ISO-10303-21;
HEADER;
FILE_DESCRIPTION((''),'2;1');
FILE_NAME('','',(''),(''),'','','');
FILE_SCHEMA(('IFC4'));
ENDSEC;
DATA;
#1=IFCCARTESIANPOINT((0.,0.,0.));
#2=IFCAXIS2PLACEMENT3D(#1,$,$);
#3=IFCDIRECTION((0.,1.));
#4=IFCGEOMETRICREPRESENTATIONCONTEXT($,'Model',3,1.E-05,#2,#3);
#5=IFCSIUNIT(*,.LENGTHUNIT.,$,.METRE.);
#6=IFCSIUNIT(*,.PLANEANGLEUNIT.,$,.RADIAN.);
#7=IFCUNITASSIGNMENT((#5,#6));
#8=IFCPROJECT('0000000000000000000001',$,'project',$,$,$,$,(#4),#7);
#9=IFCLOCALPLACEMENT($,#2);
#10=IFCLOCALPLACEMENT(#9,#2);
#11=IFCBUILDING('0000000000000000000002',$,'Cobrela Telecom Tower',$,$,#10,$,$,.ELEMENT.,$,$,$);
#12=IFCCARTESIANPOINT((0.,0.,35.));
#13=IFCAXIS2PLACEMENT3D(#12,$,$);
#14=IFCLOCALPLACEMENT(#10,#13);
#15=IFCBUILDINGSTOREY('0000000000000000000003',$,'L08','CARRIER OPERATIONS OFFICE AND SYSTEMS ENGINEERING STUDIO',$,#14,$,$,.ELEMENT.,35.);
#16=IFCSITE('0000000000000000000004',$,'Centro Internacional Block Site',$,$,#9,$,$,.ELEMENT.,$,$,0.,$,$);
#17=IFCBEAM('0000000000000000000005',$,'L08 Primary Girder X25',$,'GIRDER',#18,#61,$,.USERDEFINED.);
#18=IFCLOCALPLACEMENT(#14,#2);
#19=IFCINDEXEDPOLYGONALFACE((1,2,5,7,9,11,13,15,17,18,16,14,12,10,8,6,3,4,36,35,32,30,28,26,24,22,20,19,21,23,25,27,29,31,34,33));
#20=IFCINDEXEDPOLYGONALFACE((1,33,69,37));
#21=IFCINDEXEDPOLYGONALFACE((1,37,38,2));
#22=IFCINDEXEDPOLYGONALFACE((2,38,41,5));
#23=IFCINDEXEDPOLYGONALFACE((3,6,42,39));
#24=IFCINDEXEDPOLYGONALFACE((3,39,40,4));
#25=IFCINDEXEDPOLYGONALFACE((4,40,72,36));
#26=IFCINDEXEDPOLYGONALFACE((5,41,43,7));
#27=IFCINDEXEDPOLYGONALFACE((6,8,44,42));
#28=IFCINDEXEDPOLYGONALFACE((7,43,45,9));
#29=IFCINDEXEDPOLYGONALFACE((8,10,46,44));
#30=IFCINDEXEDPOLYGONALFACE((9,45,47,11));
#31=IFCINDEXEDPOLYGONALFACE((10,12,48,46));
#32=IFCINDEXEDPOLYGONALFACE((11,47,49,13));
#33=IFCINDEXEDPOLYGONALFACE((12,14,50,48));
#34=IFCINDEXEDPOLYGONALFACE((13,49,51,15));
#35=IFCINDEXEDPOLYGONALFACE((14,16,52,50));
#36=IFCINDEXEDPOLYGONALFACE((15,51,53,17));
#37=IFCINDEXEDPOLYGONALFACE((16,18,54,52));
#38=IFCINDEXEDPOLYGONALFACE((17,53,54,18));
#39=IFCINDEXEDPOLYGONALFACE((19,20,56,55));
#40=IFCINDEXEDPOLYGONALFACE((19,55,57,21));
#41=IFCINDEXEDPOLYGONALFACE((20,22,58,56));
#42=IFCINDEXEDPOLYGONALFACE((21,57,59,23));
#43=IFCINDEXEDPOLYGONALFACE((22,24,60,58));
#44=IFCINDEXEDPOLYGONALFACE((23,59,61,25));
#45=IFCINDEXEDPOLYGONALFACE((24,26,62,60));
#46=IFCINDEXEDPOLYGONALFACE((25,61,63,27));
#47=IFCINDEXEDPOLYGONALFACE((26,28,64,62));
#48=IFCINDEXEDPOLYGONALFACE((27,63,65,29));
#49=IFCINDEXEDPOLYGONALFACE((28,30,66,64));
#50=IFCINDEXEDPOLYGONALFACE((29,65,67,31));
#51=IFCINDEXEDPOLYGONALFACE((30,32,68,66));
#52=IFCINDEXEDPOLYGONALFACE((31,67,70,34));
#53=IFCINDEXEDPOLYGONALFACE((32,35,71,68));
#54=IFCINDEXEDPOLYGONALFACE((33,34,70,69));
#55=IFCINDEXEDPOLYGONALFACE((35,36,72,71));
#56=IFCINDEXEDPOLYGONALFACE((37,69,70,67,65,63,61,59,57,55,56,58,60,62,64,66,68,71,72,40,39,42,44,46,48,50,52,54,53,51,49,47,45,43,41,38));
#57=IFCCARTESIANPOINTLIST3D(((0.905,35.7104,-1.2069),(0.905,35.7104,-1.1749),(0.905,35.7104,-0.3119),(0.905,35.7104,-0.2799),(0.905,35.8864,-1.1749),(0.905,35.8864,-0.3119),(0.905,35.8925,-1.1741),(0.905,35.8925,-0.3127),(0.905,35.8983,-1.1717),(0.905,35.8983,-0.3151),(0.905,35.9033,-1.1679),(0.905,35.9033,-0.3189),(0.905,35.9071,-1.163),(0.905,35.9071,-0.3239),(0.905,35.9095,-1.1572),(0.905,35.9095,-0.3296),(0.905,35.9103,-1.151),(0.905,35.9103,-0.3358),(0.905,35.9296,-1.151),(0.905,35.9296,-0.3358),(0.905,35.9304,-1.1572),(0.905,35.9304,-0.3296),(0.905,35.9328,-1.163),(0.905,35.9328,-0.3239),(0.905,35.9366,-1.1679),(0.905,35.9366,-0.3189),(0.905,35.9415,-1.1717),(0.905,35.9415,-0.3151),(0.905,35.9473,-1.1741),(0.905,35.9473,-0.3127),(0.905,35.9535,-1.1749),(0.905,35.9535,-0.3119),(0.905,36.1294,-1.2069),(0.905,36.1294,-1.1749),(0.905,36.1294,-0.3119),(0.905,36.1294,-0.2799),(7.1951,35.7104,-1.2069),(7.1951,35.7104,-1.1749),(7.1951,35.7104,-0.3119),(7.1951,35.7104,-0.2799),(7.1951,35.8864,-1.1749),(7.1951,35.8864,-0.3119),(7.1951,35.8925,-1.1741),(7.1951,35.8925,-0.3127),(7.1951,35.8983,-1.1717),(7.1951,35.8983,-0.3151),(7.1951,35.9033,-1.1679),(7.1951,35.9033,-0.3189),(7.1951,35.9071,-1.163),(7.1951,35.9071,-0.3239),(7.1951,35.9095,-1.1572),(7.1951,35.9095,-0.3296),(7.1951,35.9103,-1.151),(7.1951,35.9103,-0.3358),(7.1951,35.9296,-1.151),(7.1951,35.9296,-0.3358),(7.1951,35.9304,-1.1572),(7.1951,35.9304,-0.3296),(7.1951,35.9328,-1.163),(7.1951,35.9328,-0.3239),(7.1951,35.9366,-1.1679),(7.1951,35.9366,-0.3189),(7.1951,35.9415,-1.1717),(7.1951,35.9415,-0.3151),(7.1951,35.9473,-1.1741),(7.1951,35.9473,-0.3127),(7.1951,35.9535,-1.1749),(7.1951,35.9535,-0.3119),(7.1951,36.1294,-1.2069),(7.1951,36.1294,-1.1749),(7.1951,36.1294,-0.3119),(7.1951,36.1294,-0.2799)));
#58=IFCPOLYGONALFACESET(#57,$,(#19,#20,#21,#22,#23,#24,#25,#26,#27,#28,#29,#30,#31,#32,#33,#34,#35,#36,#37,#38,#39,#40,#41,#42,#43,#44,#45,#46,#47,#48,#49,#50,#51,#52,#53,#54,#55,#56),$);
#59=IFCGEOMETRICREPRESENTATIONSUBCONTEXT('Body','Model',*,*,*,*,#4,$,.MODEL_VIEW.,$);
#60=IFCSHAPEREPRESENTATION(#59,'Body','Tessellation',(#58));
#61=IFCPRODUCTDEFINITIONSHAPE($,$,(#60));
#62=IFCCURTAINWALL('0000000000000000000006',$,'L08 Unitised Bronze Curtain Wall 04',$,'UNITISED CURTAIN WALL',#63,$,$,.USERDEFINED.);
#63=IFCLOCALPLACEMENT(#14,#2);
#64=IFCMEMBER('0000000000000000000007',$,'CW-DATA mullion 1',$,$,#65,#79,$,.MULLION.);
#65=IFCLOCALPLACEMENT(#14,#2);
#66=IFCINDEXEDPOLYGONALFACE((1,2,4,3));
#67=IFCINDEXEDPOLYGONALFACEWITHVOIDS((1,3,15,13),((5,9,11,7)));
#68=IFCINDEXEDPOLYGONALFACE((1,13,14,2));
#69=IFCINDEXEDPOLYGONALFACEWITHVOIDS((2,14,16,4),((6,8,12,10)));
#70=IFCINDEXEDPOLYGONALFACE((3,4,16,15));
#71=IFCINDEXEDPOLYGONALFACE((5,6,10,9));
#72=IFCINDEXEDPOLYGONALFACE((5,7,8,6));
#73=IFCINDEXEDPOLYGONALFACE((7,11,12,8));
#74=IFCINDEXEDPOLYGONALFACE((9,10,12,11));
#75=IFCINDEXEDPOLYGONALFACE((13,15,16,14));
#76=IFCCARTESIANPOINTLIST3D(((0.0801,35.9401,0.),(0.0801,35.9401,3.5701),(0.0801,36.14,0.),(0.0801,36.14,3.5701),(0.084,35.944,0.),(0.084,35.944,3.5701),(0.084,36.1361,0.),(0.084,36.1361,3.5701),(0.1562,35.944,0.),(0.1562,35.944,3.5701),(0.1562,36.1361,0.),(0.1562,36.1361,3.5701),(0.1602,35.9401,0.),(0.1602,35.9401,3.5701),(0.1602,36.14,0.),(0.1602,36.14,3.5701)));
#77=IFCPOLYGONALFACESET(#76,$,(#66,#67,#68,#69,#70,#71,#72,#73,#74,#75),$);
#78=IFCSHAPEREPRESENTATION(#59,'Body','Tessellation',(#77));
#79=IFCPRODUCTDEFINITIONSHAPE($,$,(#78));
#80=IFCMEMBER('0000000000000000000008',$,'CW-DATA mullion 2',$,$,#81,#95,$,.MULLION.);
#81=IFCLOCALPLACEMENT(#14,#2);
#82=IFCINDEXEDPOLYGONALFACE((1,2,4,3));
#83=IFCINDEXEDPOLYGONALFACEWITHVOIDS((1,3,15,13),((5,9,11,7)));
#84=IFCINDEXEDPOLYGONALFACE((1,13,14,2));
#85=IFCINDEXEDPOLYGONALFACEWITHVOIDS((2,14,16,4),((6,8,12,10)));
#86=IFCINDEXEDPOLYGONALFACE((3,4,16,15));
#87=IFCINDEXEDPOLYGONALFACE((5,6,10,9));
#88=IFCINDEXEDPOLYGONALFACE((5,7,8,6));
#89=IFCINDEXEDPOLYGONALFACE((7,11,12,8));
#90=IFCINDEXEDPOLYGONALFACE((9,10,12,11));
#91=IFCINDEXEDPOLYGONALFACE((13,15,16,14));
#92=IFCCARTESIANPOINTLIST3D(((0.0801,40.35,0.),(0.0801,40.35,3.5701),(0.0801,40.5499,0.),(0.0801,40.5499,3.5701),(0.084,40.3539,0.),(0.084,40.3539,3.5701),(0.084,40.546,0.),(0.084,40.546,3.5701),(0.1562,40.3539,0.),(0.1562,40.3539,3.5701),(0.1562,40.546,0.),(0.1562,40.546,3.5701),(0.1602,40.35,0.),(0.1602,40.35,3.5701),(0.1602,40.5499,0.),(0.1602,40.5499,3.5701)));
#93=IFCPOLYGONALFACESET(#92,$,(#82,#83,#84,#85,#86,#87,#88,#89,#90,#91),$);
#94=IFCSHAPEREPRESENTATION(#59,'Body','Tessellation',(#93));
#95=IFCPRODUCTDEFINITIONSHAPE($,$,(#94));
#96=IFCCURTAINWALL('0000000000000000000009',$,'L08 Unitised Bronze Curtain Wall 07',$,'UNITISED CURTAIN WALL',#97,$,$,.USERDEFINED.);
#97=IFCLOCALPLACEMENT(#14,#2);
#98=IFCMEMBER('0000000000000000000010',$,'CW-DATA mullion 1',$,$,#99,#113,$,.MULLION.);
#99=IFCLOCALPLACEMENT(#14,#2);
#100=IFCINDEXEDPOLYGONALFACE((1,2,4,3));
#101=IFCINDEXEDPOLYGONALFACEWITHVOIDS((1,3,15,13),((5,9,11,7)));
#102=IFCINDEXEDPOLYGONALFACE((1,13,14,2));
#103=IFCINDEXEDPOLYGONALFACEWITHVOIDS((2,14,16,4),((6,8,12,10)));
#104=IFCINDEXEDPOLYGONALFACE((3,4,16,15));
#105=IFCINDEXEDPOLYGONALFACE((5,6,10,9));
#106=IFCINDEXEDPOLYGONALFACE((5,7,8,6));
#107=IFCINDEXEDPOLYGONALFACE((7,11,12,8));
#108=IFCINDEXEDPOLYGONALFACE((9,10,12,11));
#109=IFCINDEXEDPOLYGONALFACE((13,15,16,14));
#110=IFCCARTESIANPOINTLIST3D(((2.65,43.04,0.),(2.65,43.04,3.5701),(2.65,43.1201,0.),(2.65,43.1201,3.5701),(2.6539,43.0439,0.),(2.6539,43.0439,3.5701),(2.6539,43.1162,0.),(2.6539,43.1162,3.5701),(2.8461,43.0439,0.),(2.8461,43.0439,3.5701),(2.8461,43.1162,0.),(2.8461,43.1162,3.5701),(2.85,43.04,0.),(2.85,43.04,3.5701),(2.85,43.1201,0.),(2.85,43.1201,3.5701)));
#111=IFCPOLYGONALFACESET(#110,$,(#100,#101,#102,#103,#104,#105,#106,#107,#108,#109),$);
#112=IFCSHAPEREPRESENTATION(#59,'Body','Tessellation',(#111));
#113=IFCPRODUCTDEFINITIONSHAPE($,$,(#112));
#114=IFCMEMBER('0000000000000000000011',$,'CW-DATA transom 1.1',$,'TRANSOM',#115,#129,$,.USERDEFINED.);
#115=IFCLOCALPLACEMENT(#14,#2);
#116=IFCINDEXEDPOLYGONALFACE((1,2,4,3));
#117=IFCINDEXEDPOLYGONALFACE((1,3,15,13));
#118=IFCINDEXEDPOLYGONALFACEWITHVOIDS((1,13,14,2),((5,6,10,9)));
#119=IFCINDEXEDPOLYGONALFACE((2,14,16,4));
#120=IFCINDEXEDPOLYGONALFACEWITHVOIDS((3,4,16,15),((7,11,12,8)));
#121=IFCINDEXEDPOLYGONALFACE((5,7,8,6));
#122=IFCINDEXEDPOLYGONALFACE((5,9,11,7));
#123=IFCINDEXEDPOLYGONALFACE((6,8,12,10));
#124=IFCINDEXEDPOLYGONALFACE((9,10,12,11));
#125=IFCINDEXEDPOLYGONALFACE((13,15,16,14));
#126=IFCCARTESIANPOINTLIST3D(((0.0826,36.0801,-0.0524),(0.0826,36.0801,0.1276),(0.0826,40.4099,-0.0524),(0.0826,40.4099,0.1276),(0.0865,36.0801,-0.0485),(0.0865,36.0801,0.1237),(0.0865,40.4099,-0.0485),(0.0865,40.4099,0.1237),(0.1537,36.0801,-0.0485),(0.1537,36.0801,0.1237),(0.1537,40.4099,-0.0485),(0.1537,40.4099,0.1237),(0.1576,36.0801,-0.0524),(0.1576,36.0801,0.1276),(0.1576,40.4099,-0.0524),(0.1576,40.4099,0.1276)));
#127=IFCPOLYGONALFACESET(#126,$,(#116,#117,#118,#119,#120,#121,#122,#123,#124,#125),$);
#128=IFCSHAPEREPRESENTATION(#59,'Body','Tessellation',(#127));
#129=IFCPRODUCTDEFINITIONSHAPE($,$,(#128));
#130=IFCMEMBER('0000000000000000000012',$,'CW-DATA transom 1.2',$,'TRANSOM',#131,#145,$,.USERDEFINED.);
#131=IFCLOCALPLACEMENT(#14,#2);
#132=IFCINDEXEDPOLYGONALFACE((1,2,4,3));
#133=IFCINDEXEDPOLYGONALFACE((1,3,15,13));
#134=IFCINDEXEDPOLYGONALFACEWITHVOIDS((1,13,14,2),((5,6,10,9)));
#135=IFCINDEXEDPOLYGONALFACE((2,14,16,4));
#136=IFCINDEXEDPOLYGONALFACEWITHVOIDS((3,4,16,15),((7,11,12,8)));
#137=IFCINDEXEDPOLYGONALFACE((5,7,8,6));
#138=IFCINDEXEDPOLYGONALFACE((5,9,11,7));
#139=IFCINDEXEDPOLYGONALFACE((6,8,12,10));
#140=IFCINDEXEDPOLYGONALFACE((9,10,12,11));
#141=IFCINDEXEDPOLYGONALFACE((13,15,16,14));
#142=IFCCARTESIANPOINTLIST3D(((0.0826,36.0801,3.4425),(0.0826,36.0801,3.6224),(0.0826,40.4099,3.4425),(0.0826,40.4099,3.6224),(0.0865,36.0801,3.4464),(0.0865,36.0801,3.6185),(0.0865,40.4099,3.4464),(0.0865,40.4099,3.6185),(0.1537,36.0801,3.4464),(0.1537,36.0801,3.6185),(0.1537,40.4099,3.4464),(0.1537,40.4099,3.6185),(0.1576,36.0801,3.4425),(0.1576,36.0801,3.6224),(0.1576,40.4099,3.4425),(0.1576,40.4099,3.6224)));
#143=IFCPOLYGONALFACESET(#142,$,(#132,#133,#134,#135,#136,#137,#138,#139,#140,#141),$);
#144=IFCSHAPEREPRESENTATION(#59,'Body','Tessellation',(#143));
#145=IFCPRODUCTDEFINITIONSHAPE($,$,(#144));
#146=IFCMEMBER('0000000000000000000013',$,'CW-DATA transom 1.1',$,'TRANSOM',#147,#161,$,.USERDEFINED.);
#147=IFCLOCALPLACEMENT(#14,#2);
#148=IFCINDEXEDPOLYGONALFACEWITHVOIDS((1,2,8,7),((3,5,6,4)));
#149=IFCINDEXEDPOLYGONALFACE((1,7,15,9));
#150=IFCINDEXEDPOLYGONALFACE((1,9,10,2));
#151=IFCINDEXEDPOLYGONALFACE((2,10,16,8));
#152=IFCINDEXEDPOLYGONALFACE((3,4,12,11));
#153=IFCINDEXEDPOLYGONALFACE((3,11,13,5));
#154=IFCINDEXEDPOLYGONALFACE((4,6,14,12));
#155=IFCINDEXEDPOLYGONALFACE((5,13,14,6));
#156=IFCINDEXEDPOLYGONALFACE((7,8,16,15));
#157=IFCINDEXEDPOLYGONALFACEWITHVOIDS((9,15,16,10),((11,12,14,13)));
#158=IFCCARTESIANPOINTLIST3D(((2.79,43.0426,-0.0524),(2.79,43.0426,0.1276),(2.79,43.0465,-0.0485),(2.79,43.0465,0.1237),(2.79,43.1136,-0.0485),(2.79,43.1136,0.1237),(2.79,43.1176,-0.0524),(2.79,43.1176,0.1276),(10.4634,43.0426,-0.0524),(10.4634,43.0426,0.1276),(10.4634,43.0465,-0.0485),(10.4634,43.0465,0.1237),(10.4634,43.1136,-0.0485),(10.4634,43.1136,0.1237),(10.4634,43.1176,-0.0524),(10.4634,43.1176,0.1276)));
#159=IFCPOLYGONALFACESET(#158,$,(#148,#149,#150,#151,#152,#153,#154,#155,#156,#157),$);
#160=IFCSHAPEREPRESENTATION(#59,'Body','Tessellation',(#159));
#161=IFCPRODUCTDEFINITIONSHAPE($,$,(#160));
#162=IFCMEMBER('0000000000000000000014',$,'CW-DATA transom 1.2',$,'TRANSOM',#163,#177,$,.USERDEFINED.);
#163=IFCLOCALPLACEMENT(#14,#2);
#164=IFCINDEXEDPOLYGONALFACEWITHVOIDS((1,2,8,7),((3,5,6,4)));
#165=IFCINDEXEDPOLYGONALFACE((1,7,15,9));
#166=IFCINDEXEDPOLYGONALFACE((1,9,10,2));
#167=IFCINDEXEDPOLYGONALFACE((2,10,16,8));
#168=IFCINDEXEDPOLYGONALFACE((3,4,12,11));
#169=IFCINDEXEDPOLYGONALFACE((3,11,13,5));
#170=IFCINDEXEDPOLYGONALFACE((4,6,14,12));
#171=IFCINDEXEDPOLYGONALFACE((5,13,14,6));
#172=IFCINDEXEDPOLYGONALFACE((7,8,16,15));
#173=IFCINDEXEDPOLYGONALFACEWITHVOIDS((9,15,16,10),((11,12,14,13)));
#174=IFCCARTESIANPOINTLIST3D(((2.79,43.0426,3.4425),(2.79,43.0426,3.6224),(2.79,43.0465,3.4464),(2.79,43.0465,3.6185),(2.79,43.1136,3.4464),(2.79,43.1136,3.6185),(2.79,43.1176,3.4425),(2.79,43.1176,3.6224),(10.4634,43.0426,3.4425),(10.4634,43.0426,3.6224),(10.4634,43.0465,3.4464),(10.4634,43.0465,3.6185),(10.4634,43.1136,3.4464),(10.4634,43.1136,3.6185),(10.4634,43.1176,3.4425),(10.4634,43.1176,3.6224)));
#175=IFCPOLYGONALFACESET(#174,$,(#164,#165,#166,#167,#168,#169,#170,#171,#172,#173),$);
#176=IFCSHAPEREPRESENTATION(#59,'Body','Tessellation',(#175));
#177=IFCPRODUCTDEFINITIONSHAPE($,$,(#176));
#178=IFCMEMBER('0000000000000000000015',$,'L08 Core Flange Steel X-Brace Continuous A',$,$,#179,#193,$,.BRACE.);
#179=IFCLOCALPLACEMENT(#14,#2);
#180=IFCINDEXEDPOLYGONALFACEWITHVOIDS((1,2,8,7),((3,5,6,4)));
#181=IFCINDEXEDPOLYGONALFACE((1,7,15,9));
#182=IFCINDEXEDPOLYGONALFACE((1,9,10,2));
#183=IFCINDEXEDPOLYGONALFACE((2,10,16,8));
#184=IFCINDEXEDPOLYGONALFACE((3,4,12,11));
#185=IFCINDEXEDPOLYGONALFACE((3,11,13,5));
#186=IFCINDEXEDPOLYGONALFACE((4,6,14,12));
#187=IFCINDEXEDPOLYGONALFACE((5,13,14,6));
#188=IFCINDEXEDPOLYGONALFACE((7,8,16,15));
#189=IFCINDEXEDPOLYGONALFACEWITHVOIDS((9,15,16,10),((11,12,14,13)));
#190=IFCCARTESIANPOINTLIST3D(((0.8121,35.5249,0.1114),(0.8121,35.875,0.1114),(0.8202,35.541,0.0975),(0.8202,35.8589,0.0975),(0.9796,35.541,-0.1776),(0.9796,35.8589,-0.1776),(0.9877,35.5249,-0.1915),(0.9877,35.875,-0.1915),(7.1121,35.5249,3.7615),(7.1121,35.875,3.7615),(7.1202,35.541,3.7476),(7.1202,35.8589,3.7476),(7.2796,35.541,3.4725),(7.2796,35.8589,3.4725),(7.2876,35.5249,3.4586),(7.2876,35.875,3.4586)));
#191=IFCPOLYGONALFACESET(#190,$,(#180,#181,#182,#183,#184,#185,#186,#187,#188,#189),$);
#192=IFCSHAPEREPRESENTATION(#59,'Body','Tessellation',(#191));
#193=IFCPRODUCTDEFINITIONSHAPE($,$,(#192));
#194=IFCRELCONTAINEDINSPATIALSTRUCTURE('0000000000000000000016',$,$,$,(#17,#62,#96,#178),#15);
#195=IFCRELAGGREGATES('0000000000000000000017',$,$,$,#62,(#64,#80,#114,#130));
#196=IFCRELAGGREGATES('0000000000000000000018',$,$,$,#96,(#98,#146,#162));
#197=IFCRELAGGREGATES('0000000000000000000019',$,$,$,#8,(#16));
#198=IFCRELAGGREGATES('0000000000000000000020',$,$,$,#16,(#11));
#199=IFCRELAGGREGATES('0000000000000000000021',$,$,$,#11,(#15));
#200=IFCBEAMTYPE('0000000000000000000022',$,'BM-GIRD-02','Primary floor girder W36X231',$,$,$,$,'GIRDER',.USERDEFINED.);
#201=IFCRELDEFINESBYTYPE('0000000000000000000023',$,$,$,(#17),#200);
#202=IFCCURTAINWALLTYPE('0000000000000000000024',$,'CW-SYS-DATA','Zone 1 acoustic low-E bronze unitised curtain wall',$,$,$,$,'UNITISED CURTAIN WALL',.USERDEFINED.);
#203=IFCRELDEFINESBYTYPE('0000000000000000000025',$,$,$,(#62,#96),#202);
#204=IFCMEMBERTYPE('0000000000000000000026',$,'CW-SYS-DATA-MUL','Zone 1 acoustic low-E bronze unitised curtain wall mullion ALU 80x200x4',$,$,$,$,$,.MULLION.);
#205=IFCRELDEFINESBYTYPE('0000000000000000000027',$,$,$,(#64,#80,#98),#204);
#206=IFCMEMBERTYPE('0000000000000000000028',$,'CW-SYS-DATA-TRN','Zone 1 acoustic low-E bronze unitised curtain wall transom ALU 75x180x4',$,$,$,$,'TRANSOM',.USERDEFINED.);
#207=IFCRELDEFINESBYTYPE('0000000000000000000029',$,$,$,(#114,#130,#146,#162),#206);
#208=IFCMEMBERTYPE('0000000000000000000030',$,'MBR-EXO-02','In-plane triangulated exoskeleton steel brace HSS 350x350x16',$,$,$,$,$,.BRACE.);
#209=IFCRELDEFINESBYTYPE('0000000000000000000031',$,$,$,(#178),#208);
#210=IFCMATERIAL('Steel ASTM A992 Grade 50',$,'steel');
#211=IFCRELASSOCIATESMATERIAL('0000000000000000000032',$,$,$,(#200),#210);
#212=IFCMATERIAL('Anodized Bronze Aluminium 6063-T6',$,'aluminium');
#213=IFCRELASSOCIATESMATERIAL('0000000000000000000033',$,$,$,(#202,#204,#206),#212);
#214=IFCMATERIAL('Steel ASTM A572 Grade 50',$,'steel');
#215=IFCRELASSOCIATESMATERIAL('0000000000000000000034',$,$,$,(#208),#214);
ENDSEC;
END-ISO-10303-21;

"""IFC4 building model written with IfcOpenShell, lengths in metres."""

from ifc_helpers import new_model, si_unit, direction, frame, origin, origin_2d, place, context, subcontext, project, spatial, hollow_rectangle, i_section, extrude, material, material_profile, profile_set, type_object, element, aggregate, save


model = new_model("IFC4")

# Units and contexts
model_context = context("Model", 3, precision=1e-05, world=origin(), true_north=direction((0.0, 1.0)))
body_context = subcontext(model_context, "Body", "Model", "MODEL_VIEW")
ifc_project = project(units=[si_unit("LENGTHUNIT", "METRE"), si_unit("PLANEANGLEUNIT", "RADIAN")], contexts=[model_context])

# Site, building, storey
site_placement = place(None, origin())
site = spatial("IfcSite", under=ifc_project, at=site_placement, Name="Centro Internacional Block Site", CompositionType="ELEMENT", RefElevation=0.0)
building_placement = place(site_placement, origin())
building = spatial("IfcBuilding", under=site, at=building_placement, Name="Cobrela Telecom Tower", CompositionType="ELEMENT")
storey_placement = place(building_placement, frame((0.0, 0.0, 35.0)))
storey = spatial("IfcBuildingStorey", under=building, at=storey_placement, Name="L08", Description="CARRIER OPERATIONS OFFICE AND SYSTEMS ENGINEERING STUDIO", CompositionType="ELEMENT", Elevation=35.0)

# Beam
ifc_material_1 = material(Name="Steel ASTM A992 Grade 50", Category="steel")
ifc_material_profile_1 = material_profile(ifc_material_1, i_section(OverallWidth=0.4189, OverallDepth=0.927, WebThickness=0.0193, FlangeThickness=0.032, FilletRadius=0.0239, at=origin_2d()), Name="W36X231")
ifc_profile_set_1 = profile_set([ifc_material_profile_1], Name="Steel ASTM A992 Grade 50")
beam_type = type_object("IfcBeamType", Name="BM-GIRD-02", Description="Primary floor girder W36X231", ElementType="GIRDER", PredefinedType="USERDEFINED", material=ifc_profile_set_1)
beam_placement = place(storey_placement, frame((0.905, 35.9199, -0.7434), z_axis=(1.0, 0.0, 0.0), x_axis=(0.0, 1.0, 0.0)))
element("IfcBeam", 1, at=beam_placement, inside=storey, type_object=beam_type, Name="L08 Primary Girder X25", ObjectType="GIRDER", PredefinedType="USERDEFINED", context=body_context, shape_type="SweptSolid", body=[
    extrude(i_section(OverallWidth=0.4189, OverallDepth=0.927, WebThickness=0.0193, FlangeThickness=0.032, FilletRadius=0.0239, at=origin_2d()), origin(), (0.0, 0.0, 1.0), 6.29),
])

# Curtain wall, members
ifc_material_2 = material(Name="Anodized Bronze Aluminium 6063-T6", Category="aluminium")
curtain_wall_type = type_object("IfcCurtainWallType", Name="CW-SYS-DATA", Description="Zone 1 acoustic low-E bronze unitised curtain wall", ElementType="UNITISED CURTAIN WALL", PredefinedType="USERDEFINED", material=ifc_material_2)
curtain_wall_1_placement = place(storey_placement, origin())
curtain_wall_1 = element("IfcCurtainWall", 2, at=curtain_wall_1_placement, inside=storey, type_object=curtain_wall_type, Name="L08 Unitised Bronze Curtain Wall 04", ObjectType="UNITISED CURTAIN WALL", PredefinedType="USERDEFINED")
ifc_material_profile_2 = material_profile(ifc_material_2, hollow_rectangle(XDim=0.0801, YDim=0.2, WallThickness=0.0039, at=origin_2d()), Name="ALU 80x200x4")
ifc_profile_set_2 = profile_set([ifc_material_profile_2], Name="Anodized Bronze Aluminium 6063-T6")
member_type_1 = type_object("IfcMemberType", Name="CW-SYS-DATA-MUL", Description="Zone 1 acoustic low-E bronze unitised curtain wall mullion ALU 80x200x4", PredefinedType="MULLION", material=ifc_profile_set_2)
member_1_placement = place(storey_placement, frame((0.1201, 36.04, 0.0), z_axis=(0.0, 0.0, 1.0), x_axis=(-1.0, 0.0, 0.0)))
member_1 = element("IfcMember", 3, at=member_1_placement, type_object=member_type_1, Name="CW-DATA mullion 1", PredefinedType="MULLION", context=body_context, shape_type="SweptSolid", body=[
    extrude(hollow_rectangle(XDim=0.0801, YDim=0.2, WallThickness=0.0039, at=origin_2d()), origin(), (0.0, 0.0, 1.0), 3.5701),
])
member_2_placement = place(storey_placement, frame((0.1201, 40.45, 0.0), z_axis=(0.0, 0.0, 1.0), x_axis=(-1.0, 0.0, 0.0)))
member_2 = element("IfcMember", 4, at=member_2_placement, type_object=member_type_1, Name="CW-DATA mullion 2", PredefinedType="MULLION", context=body_context, shape_type="SweptSolid", body=[
    extrude(hollow_rectangle(XDim=0.0801, YDim=0.2, WallThickness=0.0039, at=origin_2d()), origin(), (0.0, 0.0, 1.0), 3.5701),
])

# Curtain wall, member
curtain_wall_2_placement = place(storey_placement, origin())
curtain_wall_2 = element("IfcCurtainWall", 5, at=curtain_wall_2_placement, inside=storey, type_object=curtain_wall_type, Name="L08 Unitised Bronze Curtain Wall 07", ObjectType="UNITISED CURTAIN WALL", PredefinedType="USERDEFINED")
member_3_placement = place(storey_placement, frame((2.75, 43.0801, 0.0), z_axis=(0.0, 0.0, 1.0), x_axis=(0.0, 1.0, 0.0)))
member_3 = element("IfcMember", 6, at=member_3_placement, type_object=member_type_1, Name="CW-DATA mullion 1", PredefinedType="MULLION", context=body_context, shape_type="SweptSolid", body=[
    extrude(hollow_rectangle(XDim=0.0801, YDim=0.2, WallThickness=0.0039, at=origin_2d()), origin(), (0.0, 0.0, 1.0), 3.5701),
])

# Members
ifc_material_profile_3 = material_profile(ifc_material_2, hollow_rectangle(XDim=0.075, YDim=0.1799, WallThickness=0.0039, at=origin_2d()), Name="ALU 75x180x4")
ifc_profile_set_3 = profile_set([ifc_material_profile_3], Name="Anodized Bronze Aluminium 6063-T6")
member_type_2 = type_object("IfcMemberType", Name="CW-SYS-DATA-TRN", Description="Zone 1 acoustic low-E bronze unitised curtain wall transom ALU 75x180x4", ElementType="TRANSOM", PredefinedType="USERDEFINED", material=ifc_profile_set_3)
member_4_placement = place(storey_placement, frame((0.1201, 36.0801, 0.0376), z_axis=(0.0, 1.0, 0.0), x_axis=(-1.0, 0.0, 0.0)))
member_4 = element("IfcMember", 7, at=member_4_placement, type_object=member_type_2, Name="CW-DATA transom 1.1", ObjectType="TRANSOM", PredefinedType="USERDEFINED", context=body_context, shape_type="SweptSolid", body=[
    extrude(hollow_rectangle(XDim=0.075, YDim=0.1799, WallThickness=0.0039, at=origin_2d()), origin(), (0.0, 0.0, 1.0), 4.3298),
])
member_5_placement = place(storey_placement, frame((0.1201, 36.0801, 3.5325), z_axis=(0.0, 1.0, 0.0), x_axis=(-1.0, 0.0, 0.0)))
member_5 = element("IfcMember", 8, at=member_5_placement, type_object=member_type_2, Name="CW-DATA transom 1.2", ObjectType="TRANSOM", PredefinedType="USERDEFINED", context=body_context, shape_type="SweptSolid", body=[
    extrude(hollow_rectangle(XDim=0.075, YDim=0.1799, WallThickness=0.0039, at=origin_2d()), origin(), (0.0, 0.0, 1.0), 4.3298),
])
member_6_placement = place(storey_placement, frame((2.79, 43.0801, 0.0376), z_axis=(1.0, 0.0, 0.0), x_axis=(0.0, 1.0, 0.0)))
member_6 = element("IfcMember", 9, at=member_6_placement, type_object=member_type_2, Name="CW-DATA transom 1.1", ObjectType="TRANSOM", PredefinedType="USERDEFINED", context=body_context, shape_type="SweptSolid", body=[
    extrude(hollow_rectangle(XDim=0.075, YDim=0.1799, WallThickness=0.0039, at=origin_2d()), origin(), (0.0, 0.0, 1.0), 7.6733),
])
member_7_placement = place(storey_placement, frame((2.79, 43.0801, 3.5325), z_axis=(1.0, 0.0, 0.0), x_axis=(0.0, 1.0, 0.0)))
member_7 = element("IfcMember", 10, at=member_7_placement, type_object=member_type_2, Name="CW-DATA transom 1.2", ObjectType="TRANSOM", PredefinedType="USERDEFINED", context=body_context, shape_type="SweptSolid", body=[
    extrude(hollow_rectangle(XDim=0.075, YDim=0.1799, WallThickness=0.0039, at=origin_2d()), origin(), (0.0, 0.0, 1.0), 7.6733),
])

# Member
ifc_material_3 = material(Name="Steel ASTM A572 Grade 50", Category="steel")
ifc_material_profile_4 = material_profile(ifc_material_3, hollow_rectangle(XDim=0.3501, YDim=0.3501, WallThickness=0.0161, at=origin_2d()), Name="HSS 350x350x16")
ifc_profile_set_4 = profile_set([ifc_material_profile_4], Name="Steel ASTM A572 Grade 50")
member_type_3 = type_object("IfcMemberType", Name="MBR-EXO-02", Description="In-plane triangulated exoskeleton steel brace HSS 350x350x16", PredefinedType="BRACE", material=ifc_profile_set_4)
member_8_placement = place(storey_placement, frame((0.8999, 35.7, -0.04), z_axis=(0.865262, 0.0, 0.501319), x_axis=(0.0, 1.0, 0.0)))
element("IfcMember", 11, at=member_8_placement, inside=storey, type_object=member_type_3, Name="L08 Core Flange Steel X-Brace Continuous A", PredefinedType="BRACE", context=body_context, shape_type="SweptSolid", body=[
    extrude(hollow_rectangle(XDim=0.3501, YDim=0.3501, WallThickness=0.0161, at=origin_2d()), origin(), (0.0, 0.0, 1.0), 7.281),
])

aggregate(curtain_wall_1, [member_1, member_2, member_4, member_5])
aggregate(curtain_wall_2, [member_3, member_6, member_7])

save(model, "model.ifc")
